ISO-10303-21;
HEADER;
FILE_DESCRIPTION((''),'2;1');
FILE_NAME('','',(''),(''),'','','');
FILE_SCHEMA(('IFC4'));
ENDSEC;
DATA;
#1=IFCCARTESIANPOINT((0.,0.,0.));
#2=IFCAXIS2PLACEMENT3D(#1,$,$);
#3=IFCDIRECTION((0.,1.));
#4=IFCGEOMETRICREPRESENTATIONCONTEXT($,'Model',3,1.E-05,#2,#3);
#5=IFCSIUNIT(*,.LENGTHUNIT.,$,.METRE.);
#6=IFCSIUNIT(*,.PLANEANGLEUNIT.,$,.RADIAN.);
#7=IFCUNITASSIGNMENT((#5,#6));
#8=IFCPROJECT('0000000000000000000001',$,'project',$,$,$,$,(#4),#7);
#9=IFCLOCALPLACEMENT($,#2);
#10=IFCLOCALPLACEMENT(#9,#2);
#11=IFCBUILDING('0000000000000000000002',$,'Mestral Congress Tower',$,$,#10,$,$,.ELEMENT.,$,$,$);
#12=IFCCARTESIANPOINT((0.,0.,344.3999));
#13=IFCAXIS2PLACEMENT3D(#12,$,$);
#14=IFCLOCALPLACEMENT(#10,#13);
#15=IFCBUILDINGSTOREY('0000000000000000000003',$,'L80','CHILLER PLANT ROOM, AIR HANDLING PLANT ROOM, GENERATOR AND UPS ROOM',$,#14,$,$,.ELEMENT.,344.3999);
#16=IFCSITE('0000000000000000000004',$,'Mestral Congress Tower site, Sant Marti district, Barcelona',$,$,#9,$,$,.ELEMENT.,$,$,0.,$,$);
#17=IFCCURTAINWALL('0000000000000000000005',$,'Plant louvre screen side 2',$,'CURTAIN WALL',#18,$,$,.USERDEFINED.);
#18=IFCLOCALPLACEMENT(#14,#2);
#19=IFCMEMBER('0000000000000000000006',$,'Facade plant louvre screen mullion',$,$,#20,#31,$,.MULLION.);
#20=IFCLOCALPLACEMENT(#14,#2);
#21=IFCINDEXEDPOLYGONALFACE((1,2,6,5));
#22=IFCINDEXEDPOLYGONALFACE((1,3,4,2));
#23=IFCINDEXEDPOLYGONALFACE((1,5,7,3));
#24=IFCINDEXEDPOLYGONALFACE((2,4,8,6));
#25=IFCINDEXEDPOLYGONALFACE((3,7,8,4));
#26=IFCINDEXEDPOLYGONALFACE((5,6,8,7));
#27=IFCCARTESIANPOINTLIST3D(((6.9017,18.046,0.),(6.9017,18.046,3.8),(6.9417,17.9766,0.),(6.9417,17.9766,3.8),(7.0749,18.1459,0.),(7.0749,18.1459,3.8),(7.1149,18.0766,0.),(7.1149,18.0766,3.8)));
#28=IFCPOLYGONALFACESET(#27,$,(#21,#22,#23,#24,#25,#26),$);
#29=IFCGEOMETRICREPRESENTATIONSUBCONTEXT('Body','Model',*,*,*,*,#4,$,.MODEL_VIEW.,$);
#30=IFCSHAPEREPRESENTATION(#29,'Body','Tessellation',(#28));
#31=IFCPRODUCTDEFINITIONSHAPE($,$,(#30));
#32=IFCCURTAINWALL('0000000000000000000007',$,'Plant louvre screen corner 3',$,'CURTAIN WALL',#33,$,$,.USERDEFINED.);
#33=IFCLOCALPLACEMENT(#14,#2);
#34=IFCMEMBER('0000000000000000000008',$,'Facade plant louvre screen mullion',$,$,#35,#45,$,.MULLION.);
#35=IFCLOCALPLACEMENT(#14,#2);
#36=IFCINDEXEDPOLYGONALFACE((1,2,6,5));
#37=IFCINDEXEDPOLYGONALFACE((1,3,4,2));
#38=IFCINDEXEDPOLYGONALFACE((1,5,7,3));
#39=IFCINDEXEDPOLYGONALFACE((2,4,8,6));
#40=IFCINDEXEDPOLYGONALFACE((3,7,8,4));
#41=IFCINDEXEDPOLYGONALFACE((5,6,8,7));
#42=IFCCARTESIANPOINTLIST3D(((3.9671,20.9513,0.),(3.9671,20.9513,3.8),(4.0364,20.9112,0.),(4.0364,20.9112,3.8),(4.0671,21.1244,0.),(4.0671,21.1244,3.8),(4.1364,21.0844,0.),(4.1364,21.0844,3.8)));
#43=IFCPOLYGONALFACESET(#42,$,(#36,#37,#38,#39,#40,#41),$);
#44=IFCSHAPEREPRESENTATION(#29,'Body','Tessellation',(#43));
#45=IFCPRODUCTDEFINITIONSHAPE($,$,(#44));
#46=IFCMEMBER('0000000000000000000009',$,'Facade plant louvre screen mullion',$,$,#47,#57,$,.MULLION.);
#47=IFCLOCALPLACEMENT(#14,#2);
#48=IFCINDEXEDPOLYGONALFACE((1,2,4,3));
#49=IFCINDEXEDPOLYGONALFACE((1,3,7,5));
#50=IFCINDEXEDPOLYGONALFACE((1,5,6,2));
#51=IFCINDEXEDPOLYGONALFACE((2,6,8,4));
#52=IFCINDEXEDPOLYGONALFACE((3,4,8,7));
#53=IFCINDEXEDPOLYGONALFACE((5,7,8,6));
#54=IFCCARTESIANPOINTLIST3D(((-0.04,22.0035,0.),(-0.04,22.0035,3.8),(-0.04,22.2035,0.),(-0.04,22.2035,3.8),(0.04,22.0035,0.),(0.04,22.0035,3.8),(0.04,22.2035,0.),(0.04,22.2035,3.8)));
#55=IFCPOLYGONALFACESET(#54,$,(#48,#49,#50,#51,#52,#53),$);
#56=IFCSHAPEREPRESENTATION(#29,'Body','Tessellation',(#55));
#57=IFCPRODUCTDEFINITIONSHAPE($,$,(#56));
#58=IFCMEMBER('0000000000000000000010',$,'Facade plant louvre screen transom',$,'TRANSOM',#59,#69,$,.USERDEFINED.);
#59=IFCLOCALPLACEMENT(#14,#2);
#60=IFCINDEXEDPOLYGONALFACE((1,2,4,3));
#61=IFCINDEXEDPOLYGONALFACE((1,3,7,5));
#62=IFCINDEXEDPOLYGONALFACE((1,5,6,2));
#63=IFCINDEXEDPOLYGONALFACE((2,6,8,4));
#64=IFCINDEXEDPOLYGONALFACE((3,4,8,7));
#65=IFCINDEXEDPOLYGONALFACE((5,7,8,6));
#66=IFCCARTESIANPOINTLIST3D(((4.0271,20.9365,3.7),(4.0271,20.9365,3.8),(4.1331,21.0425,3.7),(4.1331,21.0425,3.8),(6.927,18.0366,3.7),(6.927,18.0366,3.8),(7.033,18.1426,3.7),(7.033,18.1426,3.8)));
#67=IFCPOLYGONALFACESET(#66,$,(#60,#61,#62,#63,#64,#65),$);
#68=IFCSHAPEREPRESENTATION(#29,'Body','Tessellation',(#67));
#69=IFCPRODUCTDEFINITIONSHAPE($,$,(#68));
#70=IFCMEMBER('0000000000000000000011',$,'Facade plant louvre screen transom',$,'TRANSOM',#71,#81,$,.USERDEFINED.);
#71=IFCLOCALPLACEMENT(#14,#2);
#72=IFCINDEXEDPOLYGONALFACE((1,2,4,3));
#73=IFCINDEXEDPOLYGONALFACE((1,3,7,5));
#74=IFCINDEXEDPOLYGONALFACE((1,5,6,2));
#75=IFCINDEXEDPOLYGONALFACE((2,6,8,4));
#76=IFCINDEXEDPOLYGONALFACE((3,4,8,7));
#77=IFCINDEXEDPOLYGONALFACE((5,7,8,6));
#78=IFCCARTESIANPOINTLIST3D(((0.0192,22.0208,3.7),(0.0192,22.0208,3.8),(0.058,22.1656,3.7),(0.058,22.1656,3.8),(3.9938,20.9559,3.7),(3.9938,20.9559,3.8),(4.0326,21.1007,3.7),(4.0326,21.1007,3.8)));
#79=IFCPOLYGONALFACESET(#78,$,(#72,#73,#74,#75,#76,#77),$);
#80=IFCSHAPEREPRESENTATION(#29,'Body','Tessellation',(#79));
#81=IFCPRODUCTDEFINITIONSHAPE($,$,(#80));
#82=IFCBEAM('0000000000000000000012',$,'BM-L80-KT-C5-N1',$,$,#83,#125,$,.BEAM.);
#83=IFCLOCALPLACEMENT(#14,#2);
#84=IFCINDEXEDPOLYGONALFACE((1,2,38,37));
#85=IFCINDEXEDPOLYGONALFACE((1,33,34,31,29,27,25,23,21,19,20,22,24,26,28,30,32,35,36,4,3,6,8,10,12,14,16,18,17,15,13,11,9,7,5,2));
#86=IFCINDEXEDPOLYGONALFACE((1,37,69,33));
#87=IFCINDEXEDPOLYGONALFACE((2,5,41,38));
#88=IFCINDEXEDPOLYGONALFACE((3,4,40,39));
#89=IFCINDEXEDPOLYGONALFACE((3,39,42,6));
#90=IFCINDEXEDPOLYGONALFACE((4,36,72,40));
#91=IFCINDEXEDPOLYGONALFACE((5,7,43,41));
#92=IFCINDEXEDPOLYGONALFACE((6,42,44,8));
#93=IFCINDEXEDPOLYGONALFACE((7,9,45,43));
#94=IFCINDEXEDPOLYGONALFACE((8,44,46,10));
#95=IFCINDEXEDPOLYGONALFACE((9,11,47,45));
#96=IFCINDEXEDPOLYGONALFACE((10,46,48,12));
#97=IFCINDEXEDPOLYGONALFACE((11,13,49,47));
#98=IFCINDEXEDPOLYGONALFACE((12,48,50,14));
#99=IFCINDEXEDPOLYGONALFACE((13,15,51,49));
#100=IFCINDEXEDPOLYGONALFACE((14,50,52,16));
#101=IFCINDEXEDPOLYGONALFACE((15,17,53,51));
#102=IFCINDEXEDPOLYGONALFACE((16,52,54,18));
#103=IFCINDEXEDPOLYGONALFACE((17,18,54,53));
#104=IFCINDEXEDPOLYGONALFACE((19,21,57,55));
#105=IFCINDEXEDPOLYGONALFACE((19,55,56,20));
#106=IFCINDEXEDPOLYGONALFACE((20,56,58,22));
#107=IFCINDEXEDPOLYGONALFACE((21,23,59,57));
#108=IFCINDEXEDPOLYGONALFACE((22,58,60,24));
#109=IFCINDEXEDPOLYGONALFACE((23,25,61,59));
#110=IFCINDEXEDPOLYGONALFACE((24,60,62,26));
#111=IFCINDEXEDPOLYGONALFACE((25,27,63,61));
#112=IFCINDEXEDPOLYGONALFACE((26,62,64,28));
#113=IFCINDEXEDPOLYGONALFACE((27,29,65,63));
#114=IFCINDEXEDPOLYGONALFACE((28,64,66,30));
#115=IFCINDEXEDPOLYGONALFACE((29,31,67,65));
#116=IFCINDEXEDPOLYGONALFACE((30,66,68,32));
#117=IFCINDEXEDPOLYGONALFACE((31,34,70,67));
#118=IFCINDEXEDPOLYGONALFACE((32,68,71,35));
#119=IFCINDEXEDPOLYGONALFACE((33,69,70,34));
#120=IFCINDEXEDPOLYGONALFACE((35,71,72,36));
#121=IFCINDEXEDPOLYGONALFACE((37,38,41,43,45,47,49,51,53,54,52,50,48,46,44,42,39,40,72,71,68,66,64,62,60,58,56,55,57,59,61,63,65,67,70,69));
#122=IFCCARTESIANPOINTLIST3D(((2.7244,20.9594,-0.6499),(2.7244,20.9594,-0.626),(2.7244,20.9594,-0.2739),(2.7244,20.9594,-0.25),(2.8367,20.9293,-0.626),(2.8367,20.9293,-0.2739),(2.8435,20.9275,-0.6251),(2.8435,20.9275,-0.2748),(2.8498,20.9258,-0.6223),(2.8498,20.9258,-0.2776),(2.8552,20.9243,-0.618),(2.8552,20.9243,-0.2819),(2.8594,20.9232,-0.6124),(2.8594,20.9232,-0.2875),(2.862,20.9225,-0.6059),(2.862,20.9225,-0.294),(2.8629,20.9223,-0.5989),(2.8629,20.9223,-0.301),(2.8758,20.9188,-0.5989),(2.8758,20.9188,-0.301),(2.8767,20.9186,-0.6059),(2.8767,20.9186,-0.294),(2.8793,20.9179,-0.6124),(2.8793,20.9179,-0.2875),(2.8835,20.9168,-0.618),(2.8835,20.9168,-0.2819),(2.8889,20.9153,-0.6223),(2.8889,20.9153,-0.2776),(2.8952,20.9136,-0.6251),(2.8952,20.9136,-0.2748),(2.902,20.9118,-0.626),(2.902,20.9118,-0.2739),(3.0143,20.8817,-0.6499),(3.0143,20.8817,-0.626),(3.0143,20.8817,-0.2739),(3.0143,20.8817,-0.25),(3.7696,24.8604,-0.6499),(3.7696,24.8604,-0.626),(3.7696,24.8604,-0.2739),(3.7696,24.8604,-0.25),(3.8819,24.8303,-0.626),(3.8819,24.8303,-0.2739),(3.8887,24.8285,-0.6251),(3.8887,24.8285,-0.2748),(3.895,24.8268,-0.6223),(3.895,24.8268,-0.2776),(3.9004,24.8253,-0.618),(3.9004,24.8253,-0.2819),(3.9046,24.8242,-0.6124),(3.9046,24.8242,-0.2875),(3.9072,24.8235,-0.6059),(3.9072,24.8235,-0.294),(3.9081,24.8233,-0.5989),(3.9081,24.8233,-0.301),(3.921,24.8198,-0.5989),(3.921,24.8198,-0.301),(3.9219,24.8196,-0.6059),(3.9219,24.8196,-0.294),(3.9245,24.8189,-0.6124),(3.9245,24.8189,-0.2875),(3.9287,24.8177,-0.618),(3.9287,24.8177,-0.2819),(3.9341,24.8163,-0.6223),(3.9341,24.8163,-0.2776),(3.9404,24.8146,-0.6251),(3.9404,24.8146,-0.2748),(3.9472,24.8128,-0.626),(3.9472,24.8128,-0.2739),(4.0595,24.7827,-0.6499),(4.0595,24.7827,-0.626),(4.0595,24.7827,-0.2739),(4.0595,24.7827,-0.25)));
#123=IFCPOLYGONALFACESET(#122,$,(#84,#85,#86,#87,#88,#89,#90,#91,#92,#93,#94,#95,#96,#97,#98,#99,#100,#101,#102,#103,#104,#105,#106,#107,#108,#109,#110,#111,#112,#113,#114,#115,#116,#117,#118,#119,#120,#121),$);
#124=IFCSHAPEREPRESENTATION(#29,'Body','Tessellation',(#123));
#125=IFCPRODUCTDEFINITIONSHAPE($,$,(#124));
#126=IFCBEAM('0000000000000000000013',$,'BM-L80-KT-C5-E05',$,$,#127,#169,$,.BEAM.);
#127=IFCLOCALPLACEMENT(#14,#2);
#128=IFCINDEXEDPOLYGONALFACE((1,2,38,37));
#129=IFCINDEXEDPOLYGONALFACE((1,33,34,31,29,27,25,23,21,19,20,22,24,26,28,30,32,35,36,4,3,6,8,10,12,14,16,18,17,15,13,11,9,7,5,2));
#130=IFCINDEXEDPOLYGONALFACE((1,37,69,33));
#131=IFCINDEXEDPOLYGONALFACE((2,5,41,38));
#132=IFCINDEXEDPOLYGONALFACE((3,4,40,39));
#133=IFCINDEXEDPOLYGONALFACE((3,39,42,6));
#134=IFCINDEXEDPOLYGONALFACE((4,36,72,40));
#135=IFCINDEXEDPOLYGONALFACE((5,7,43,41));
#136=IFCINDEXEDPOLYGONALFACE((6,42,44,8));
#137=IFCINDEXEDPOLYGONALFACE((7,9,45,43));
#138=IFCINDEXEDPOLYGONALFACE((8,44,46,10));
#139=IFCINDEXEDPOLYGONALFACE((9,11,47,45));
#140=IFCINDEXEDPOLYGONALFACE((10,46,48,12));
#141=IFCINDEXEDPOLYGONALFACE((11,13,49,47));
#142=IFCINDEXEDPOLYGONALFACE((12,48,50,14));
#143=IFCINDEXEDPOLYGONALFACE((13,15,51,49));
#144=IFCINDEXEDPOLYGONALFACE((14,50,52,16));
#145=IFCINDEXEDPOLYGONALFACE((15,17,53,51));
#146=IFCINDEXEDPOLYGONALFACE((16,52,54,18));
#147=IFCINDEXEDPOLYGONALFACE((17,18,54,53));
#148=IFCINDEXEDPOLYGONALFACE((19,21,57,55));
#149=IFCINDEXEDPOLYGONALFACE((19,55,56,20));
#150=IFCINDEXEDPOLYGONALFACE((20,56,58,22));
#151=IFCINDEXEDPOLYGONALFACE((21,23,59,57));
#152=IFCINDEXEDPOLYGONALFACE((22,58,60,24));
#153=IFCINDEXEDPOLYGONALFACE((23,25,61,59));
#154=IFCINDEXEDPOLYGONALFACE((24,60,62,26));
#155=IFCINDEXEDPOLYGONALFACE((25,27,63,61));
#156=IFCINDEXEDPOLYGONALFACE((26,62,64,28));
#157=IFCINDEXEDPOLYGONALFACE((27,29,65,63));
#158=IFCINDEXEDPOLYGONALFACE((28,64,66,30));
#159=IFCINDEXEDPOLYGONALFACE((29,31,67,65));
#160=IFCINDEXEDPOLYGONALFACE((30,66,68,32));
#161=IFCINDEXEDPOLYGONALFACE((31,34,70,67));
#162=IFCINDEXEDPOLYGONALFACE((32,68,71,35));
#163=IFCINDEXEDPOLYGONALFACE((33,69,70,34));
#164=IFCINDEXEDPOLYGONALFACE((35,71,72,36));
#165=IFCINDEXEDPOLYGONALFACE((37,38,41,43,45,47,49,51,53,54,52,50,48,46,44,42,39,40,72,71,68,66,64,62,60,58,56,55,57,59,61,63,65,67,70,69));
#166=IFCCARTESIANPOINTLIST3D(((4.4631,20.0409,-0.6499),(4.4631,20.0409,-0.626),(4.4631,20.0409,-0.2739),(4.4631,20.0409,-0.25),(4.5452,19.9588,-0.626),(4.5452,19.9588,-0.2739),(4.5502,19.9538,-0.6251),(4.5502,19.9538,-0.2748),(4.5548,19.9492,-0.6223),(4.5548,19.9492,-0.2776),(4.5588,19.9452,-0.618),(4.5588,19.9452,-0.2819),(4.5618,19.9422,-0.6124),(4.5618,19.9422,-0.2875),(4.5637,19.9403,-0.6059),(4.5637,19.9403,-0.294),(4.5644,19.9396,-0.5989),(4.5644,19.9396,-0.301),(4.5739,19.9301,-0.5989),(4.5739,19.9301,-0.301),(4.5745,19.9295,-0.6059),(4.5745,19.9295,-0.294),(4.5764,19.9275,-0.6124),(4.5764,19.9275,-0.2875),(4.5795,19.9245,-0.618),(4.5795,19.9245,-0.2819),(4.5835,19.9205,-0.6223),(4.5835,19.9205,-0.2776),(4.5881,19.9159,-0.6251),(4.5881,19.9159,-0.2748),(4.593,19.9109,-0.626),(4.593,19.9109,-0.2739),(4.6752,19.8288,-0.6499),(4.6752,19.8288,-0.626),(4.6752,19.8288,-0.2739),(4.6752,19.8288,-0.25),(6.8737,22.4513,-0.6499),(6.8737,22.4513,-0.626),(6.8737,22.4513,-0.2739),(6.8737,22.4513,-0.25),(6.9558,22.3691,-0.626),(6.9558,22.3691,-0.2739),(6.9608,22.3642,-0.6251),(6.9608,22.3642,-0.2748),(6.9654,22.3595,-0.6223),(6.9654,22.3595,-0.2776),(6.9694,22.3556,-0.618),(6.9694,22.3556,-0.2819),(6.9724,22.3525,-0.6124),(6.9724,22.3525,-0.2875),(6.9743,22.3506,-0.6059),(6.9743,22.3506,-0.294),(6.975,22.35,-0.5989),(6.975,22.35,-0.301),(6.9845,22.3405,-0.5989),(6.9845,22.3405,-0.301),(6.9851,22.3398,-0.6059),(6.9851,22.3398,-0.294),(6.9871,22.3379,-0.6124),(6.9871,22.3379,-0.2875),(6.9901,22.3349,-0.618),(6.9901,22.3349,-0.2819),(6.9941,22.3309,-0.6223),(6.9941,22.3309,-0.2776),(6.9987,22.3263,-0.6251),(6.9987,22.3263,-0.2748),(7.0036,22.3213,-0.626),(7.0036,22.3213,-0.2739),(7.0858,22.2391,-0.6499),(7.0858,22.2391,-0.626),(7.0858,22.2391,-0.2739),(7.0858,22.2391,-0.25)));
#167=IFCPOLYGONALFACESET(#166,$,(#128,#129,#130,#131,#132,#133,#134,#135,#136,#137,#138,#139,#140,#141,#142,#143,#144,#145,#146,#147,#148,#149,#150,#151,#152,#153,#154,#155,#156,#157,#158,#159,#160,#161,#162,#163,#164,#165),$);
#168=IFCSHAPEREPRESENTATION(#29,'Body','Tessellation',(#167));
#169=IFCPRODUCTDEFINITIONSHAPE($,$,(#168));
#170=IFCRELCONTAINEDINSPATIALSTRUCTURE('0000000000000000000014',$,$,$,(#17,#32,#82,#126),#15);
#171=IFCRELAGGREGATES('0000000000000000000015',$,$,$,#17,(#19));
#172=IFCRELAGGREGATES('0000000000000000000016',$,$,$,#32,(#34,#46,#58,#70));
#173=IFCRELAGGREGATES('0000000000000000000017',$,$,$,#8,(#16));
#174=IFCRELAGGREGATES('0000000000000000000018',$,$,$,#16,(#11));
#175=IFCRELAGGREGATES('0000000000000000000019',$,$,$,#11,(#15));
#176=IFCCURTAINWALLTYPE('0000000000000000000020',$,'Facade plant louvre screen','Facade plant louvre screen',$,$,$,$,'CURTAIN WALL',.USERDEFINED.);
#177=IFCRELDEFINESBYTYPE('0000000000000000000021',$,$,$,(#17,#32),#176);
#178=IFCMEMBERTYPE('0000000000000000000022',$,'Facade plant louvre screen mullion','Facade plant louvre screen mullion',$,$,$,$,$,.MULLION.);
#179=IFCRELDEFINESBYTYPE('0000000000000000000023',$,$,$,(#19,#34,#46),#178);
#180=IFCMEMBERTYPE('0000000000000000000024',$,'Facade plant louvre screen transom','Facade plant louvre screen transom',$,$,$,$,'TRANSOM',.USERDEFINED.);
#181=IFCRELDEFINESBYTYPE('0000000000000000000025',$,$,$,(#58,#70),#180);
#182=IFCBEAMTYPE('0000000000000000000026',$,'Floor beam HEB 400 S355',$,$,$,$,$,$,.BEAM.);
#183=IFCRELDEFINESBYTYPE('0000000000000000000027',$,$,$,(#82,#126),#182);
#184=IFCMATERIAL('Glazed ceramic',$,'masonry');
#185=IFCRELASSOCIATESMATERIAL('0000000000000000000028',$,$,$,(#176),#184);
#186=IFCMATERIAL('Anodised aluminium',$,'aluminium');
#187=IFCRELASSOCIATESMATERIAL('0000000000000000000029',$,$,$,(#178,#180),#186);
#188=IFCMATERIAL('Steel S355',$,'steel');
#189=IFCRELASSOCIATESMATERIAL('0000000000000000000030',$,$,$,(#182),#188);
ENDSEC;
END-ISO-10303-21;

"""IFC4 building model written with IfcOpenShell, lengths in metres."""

from ifc_helpers import new_model, si_unit, direction, frame, origin, origin_2d, place, context, subcontext, project, spatial, rectangle, i_section, extrude, material, material_profile, profile_set, type_object, element, aggregate, save


model = new_model("IFC4")

# Units and contexts
model_context = context("Model", 3, precision=1e-05, world=origin(), true_north=direction((0.0, 1.0)))
body_context = subcontext(model_context, "Body", "Model", "MODEL_VIEW")
ifc_project = project(units=[si_unit("LENGTHUNIT", "METRE"), si_unit("PLANEANGLEUNIT", "RADIAN")], contexts=[model_context])

# Site, building, storey
site_placement = place(None, origin())
site = spatial("IfcSite", under=ifc_project, at=site_placement, Name="Mestral Congress Tower site, Sant Marti district, Barcelona", CompositionType="ELEMENT", RefElevation=0.0)
building_placement = place(site_placement, origin())
building = spatial("IfcBuilding", under=site, at=building_placement, Name="Mestral Congress Tower", CompositionType="ELEMENT")
storey_placement = place(building_placement, frame((0.0, 0.0, 344.3999)))
storey = spatial("IfcBuildingStorey", under=building, at=storey_placement, Name="L80", Description="CHILLER PLANT ROOM, AIR HANDLING PLANT ROOM, GENERATOR AND UPS ROOM", CompositionType="ELEMENT", Elevation=344.3999)

# Shared definitions
ifc_material_1 = material(Name="Steel S355", Category="steel")

# Curtain wall, member
ifc_material_2 = material(Name="Glazed ceramic", Category="masonry")
curtain_wall_type = type_object("IfcCurtainWallType", Name="Facade plant louvre screen", Description="Facade plant louvre screen", ElementType="CURTAIN WALL", PredefinedType="USERDEFINED", material=ifc_material_2)
placement = place(storey_placement, origin())
curtain_wall_1 = element("IfcCurtainWall", 1, at=placement, inside=storey, type_object=curtain_wall_type, Name="Plant louvre screen side 2", ObjectType="CURTAIN WALL", PredefinedType="USERDEFINED")
ifc_material_3 = material(Name="Anodised aluminium", Category="aluminium")
ifc_material_profile_1 = material_profile(ifc_material_3, rectangle(XDim=0.2, YDim=0.0801, at=origin_2d()), Name="CW6 mullion 200 x 80")
ifc_profile_set_1 = profile_set([ifc_material_profile_1], Name="Anodised aluminium")
member_type_1 = type_object("IfcMemberType", Name="Facade plant louvre screen mullion", Description="Facade plant louvre screen mullion", PredefinedType="MULLION", material=ifc_profile_set_1)
member_1_placement = place(storey_placement, frame((7.0083, 18.0613, 0.0), z_axis=(0.0, 0.0, 1.0), x_axis=(0.866025, 0.500002, 0.0)))
member_1 = element("IfcMember", 2, at=member_1_placement, type_object=member_type_1, Name="Facade plant louvre screen mullion", PredefinedType="MULLION", context=body_context, shape_type="SweptSolid", body=[
    extrude(rectangle(XDim=0.2, YDim=0.0801, at=origin_2d()), origin(), (0.0, 0.0, 1.0), 3.8),
])

# Curtain wall, members
curtain_wall_2 = element("IfcCurtainWall", 3, at=placement, inside=storey, type_object=curtain_wall_type, Name="Plant louvre screen corner 3", ObjectType="CURTAIN WALL", PredefinedType="USERDEFINED")
member_2_placement = place(storey_placement, frame((4.0518, 21.0178, 0.0), z_axis=(0.0, 0.0, 1.0), x_axis=(0.5, 0.866025, 0.0)))
member_2 = element("IfcMember", 4, at=member_2_placement, type_object=member_type_1, Name="Facade plant louvre screen mullion", PredefinedType="MULLION", context=body_context, shape_type="SweptSolid", body=[
    extrude(rectangle(XDim=0.2, YDim=0.0801, at=origin_2d()), origin(), (0.0, 0.0, 1.0), 3.8),
])
member_3_placement = place(storey_placement, frame((0.0, 22.1035, 0.0), z_axis=(0.0, 0.0, 1.0), x_axis=(0.0, 1.0, 0.0)))
member_3 = element("IfcMember", 5, at=member_3_placement, type_object=member_type_1, Name="Facade plant louvre screen mullion", PredefinedType="MULLION", context=body_context, shape_type="SweptSolid", body=[
    extrude(rectangle(XDim=0.2, YDim=0.0801, at=origin_2d()), origin(), (0.0, 0.0, 1.0), 3.8),
])
ifc_material_profile_2 = material_profile(ifc_material_3, rectangle(XDim=0.1499, YDim=0.1001, at=origin_2d()), Name="CW6 transom 150 x 100")
ifc_profile_set_2 = profile_set([ifc_material_profile_2], Name="Anodised aluminium")
member_type_2 = type_object("IfcMemberType", Name="Facade plant louvre screen transom", Description="Facade plant louvre screen transom", ElementType="TRANSOM", PredefinedType="USERDEFINED", material=ifc_profile_set_2)
member_4_placement = place(storey_placement, frame((6.98, 18.0896, 3.75), z_axis=(-0.707107, 0.707107, 0.0), x_axis=(-0.707107, -0.707107, 0.0)))
member_4 = element("IfcMember", 6, at=member_4_placement, type_object=member_type_2, Name="Facade plant louvre screen transom", ObjectType="TRANSOM", PredefinedType="USERDEFINED", context=body_context, shape_type="SweptSolid", body=[
    extrude(rectangle(XDim=0.1499, YDim=0.1001, at=origin_2d()), origin(), (0.0, 0.0, 1.0), 4.1011),
])
member_5_placement = place(storey_placement, frame((4.0132, 21.0283, 3.75), z_axis=(-0.965929, 0.258807, 0.0), x_axis=(-0.258807, -0.965929, 0.0)))
member_5 = element("IfcMember", 7, at=member_5_placement, type_object=member_type_2, Name="Facade plant louvre screen transom", ObjectType="TRANSOM", PredefinedType="USERDEFINED", context=body_context, shape_type="SweptSolid", body=[
    extrude(rectangle(XDim=0.1499, YDim=0.1001, at=origin_2d()), origin(), (0.0, 0.0, 1.0), 4.1147),
])

# Beams
ifc_material_profile_3 = material_profile(ifc_material_1, i_section(OverallWidth=0.3, OverallDepth=0.3999, WebThickness=0.0134, FlangeThickness=0.0239, FilletRadius=0.0271, at=origin_2d()), Name="HEB 400")
ifc_profile_set_3 = profile_set([ifc_material_profile_3], Name="Steel S355")
beam_type_1 = type_object("IfcBeamType", Name="Floor beam HEB 400 S355", PredefinedType="BEAM", material=ifc_profile_set_3)
beam_1_placement = place(storey_placement, frame((3.9146, 24.8215, -0.45), z_axis=(-0.258803, -0.96593, 0.0), x_axis=(0.96593, -0.258803, 0.0)))
element("IfcBeam", 8, at=beam_1_placement, inside=storey, type_object=beam_type_1, Name="BM-L80-KT-C5-N1", PredefinedType="BEAM", context=body_context, shape_type="SweptSolid", body=[
    extrude(i_section(OverallWidth=0.3, OverallDepth=0.3999, WebThickness=0.0134, FlangeThickness=0.0239, FilletRadius=0.0271, at=origin_2d()), origin(), (0.0, 0.0, 1.0), 4.0386),
])
beam_2_placement = place(storey_placement, frame((6.9797, 22.3452, -0.45), z_axis=(-0.707143, -0.707071, 0.0), x_axis=(0.707071, -0.707143, 0.0)))
element("IfcBeam", 9, at=beam_2_placement, inside=storey, type_object=beam_type_1, Name="BM-L80-KT-C5-E05", PredefinedType="BEAM", context=body_context, shape_type="SweptSolid", body=[
    extrude(i_section(OverallWidth=0.3, OverallDepth=0.3999, WebThickness=0.0134, FlangeThickness=0.0239, FilletRadius=0.0271, at=origin_2d()), origin(), (0.0, 0.0, 1.0), 3.4089),
])

aggregate(curtain_wall_1, [member_1])
aggregate(curtain_wall_2, [member_2, member_3, member_4, member_5])

save(model, "model.ifc")
